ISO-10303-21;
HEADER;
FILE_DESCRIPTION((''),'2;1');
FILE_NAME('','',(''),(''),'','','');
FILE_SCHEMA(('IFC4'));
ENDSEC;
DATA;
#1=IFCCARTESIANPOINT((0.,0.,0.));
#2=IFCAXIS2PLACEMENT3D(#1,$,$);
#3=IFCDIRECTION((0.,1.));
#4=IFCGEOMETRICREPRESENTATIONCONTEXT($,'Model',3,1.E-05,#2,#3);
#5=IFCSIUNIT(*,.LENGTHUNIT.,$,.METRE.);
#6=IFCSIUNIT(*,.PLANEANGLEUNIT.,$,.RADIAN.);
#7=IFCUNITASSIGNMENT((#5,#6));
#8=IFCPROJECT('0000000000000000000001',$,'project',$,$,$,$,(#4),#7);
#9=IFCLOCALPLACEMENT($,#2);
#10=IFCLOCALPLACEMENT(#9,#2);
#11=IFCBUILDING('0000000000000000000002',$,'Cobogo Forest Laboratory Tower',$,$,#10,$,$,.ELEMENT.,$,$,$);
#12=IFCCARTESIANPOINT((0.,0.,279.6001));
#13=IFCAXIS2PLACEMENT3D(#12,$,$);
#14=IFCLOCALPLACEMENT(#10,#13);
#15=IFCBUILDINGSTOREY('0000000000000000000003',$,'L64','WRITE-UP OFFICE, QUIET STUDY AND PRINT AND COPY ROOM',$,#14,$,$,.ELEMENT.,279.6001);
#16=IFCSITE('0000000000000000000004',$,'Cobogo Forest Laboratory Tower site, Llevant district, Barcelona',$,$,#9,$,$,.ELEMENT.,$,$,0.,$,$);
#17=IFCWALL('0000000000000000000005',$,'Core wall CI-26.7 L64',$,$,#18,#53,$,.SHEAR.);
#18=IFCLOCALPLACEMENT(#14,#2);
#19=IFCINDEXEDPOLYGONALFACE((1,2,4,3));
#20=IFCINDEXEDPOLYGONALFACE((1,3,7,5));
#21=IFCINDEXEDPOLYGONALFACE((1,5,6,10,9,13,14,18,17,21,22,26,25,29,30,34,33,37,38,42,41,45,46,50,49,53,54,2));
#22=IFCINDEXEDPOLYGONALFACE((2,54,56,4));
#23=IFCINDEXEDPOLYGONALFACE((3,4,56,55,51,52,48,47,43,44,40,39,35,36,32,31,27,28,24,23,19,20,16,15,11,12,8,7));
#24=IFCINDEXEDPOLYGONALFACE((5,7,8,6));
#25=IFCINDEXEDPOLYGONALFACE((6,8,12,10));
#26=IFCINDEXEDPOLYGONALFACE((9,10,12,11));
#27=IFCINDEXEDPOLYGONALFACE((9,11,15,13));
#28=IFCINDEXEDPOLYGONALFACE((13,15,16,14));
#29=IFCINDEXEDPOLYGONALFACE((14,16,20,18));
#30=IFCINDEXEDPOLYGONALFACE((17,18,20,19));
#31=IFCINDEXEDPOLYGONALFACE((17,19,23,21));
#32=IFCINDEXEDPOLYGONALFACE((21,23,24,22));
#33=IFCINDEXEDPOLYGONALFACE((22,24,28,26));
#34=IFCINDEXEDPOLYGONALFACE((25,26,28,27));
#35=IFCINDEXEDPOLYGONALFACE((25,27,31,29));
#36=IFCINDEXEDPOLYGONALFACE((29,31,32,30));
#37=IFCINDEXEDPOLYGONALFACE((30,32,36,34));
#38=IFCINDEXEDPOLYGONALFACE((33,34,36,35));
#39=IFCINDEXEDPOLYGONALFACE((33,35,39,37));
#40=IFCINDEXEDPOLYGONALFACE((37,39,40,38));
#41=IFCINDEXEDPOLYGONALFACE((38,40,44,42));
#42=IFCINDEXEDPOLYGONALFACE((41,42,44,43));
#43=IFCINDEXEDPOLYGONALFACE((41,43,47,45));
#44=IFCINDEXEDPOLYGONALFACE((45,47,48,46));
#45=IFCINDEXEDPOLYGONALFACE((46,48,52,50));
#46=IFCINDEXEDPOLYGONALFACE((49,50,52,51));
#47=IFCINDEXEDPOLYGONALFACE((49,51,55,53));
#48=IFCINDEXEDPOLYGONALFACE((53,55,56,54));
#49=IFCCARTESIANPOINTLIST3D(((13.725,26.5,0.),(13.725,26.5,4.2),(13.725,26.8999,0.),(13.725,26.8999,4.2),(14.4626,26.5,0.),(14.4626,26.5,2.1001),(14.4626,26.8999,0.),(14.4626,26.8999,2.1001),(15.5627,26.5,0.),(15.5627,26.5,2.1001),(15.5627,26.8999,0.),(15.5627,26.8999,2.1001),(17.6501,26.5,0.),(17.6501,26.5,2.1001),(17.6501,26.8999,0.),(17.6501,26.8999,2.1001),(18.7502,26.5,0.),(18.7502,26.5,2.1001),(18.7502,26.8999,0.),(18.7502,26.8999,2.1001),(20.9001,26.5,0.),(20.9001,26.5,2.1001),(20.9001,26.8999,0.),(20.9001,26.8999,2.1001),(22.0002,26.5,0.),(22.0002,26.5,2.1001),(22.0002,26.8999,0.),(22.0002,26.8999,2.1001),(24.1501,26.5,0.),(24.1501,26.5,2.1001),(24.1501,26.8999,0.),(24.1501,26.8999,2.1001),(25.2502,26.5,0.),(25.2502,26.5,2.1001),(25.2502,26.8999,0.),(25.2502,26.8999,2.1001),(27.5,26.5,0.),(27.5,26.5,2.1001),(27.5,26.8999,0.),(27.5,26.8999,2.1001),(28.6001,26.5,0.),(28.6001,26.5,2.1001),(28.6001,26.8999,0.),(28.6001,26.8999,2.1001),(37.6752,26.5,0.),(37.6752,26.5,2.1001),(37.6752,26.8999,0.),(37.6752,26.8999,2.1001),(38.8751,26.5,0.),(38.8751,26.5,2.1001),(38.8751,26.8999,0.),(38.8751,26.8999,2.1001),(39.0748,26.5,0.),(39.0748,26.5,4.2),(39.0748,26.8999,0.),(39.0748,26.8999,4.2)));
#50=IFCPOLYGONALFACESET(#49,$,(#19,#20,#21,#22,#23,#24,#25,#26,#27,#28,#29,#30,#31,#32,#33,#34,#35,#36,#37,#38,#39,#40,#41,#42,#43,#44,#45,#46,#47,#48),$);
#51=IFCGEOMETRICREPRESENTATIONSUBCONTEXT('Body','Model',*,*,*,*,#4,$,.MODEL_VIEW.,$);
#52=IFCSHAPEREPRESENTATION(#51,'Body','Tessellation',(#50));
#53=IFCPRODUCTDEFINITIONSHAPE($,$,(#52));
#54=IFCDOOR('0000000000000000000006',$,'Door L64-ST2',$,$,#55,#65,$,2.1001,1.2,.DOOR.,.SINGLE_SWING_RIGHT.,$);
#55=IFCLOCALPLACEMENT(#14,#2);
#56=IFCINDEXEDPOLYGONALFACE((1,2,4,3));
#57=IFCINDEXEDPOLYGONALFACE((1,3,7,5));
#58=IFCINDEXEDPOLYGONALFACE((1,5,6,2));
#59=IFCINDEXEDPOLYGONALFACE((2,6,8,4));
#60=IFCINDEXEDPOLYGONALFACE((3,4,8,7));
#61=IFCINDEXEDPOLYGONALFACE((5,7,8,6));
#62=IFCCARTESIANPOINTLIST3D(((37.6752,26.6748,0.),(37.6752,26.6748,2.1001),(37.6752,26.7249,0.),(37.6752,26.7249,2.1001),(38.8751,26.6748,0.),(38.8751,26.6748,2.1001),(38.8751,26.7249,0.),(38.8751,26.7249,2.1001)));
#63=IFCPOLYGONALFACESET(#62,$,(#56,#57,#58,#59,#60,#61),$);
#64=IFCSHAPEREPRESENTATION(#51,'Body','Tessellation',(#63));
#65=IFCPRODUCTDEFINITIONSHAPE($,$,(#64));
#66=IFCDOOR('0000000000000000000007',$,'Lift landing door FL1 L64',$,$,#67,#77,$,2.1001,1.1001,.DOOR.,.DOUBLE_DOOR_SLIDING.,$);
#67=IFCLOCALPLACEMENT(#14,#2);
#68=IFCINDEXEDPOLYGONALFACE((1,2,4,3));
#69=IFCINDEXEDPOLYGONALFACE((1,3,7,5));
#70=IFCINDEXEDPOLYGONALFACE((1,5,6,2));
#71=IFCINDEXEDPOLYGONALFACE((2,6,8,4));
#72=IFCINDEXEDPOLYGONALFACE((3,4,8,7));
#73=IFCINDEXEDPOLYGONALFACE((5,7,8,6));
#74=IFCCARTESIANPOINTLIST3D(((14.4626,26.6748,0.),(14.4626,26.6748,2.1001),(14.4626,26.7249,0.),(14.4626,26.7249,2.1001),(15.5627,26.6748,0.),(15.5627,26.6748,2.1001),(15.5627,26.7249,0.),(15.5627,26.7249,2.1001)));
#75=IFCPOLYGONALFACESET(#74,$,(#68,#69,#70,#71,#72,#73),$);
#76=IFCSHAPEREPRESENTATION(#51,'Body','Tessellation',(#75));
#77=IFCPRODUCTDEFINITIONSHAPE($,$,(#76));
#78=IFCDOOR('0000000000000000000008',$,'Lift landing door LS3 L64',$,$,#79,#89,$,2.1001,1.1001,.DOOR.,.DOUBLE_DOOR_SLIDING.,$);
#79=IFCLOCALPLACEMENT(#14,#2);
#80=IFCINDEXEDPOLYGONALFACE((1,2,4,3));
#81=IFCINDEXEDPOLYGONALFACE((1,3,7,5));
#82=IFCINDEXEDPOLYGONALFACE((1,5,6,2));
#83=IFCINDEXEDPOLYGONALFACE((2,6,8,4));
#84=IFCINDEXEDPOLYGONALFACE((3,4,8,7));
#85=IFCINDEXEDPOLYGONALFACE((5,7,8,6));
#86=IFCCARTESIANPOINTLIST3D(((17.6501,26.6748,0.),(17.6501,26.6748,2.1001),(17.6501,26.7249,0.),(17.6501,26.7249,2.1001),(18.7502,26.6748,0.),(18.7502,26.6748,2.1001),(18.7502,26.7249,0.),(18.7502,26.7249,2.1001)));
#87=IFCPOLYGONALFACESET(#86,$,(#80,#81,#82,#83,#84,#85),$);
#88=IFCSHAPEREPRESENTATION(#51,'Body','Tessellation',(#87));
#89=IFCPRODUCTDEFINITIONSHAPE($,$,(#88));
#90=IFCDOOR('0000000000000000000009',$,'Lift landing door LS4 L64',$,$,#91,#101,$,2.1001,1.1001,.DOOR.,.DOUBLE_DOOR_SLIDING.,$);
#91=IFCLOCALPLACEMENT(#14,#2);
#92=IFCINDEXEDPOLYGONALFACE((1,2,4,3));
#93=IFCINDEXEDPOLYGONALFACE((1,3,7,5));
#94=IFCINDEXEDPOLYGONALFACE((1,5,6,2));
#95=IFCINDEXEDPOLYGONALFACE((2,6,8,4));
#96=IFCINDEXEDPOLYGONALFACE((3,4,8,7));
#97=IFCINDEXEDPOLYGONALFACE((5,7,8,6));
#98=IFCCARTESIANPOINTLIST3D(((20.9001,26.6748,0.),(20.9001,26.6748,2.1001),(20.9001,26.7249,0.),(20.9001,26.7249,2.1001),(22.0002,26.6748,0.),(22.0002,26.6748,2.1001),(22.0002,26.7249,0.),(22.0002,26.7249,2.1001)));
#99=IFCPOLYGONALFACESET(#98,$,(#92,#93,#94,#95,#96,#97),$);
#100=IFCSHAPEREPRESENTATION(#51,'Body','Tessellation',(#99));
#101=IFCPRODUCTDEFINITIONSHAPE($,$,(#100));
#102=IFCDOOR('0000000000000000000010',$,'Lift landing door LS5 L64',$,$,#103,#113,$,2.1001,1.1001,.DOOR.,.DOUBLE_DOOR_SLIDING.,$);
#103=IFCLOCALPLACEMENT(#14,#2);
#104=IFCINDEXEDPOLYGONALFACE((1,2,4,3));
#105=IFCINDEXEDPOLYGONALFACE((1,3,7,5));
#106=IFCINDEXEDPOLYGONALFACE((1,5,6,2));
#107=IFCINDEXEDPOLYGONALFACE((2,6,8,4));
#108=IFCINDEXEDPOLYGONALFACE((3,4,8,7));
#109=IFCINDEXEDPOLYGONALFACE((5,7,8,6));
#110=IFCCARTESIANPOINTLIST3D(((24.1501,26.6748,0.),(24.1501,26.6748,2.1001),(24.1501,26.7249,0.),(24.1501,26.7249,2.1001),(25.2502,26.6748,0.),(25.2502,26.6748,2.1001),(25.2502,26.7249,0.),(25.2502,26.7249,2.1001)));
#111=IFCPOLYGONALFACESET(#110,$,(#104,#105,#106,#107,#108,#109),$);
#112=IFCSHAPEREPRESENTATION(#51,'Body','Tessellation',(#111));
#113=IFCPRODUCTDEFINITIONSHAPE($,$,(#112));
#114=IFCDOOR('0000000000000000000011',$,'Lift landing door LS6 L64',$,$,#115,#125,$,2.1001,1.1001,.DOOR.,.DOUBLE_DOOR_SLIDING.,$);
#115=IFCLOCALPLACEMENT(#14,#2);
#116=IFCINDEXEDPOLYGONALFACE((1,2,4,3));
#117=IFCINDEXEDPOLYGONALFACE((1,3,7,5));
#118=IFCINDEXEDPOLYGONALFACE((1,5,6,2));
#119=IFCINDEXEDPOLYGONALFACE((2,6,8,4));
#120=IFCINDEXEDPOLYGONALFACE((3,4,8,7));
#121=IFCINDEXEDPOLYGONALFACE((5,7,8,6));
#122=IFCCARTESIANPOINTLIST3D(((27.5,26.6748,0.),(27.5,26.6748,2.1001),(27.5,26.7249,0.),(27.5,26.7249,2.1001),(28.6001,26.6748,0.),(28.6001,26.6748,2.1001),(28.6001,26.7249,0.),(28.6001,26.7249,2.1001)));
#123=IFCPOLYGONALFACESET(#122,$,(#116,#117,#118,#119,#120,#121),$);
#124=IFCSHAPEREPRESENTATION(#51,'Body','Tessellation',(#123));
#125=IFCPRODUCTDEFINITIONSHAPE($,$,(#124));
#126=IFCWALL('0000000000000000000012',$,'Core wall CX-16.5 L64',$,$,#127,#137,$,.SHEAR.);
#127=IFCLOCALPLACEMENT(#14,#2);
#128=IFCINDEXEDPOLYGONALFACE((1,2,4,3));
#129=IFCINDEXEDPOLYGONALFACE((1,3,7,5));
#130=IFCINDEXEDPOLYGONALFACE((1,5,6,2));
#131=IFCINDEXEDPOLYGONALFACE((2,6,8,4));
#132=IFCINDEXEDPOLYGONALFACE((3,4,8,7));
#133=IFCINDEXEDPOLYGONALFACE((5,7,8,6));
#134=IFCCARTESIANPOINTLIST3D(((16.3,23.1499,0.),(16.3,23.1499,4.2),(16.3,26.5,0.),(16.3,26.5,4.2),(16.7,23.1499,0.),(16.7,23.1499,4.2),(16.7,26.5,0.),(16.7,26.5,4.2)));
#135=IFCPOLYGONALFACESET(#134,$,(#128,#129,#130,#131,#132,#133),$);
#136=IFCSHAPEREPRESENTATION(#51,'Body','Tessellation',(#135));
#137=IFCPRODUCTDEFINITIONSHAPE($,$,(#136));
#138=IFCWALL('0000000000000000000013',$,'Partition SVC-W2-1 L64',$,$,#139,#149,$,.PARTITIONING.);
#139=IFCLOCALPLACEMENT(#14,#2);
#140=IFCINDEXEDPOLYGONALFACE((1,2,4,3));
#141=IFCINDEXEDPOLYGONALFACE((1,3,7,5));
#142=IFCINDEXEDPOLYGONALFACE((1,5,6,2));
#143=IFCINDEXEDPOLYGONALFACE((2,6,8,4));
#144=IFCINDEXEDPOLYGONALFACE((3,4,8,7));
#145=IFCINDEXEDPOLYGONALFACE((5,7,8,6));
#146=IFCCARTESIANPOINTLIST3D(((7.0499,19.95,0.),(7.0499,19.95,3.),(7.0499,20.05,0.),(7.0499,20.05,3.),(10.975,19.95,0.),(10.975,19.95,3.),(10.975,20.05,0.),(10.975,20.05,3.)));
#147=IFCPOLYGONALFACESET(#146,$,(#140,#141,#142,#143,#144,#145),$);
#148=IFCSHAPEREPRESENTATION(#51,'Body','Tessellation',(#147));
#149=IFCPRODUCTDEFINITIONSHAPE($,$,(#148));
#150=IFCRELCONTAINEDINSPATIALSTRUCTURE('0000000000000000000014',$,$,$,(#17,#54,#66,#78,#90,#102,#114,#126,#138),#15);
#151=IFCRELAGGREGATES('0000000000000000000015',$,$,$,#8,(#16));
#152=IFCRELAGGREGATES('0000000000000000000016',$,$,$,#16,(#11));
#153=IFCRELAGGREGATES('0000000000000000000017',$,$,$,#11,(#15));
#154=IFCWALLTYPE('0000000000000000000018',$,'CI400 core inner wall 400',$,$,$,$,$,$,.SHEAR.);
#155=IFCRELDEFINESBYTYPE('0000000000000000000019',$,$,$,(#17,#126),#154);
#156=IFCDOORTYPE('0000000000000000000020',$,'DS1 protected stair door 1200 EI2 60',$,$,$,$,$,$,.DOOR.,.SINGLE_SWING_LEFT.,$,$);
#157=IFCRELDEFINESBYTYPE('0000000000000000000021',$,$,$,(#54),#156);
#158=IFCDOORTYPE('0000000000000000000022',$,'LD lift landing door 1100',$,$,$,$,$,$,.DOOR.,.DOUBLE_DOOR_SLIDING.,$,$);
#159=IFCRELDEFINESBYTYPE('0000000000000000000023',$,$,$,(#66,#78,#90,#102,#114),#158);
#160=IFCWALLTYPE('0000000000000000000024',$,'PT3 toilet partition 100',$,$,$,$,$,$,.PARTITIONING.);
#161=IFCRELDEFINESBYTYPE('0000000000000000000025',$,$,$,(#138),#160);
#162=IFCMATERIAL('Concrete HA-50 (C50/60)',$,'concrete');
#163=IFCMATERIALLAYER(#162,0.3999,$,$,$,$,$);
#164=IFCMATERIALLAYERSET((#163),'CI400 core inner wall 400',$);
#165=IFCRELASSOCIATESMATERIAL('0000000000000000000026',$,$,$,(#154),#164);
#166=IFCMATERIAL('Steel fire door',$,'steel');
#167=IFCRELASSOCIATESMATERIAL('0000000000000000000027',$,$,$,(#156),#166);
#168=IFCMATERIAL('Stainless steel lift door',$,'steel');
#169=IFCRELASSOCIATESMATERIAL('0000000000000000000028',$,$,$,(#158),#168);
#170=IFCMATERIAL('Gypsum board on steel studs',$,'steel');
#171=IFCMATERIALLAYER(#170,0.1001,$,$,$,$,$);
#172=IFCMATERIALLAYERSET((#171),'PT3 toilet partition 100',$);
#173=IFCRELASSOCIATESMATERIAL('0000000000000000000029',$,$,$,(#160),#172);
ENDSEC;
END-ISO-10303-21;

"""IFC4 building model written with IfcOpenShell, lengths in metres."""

from ifc_helpers import new_model, si_unit, direction, frame, frame_2d, origin, place, context, subcontext, project, spatial, rectangle, extrude, material, layer, layer_set, type_object, element, fill, save


model = new_model("IFC4")

# Units and contexts
model_context = context("Model", 3, precision=1e-05, world=origin(), true_north=direction((0.0, 1.0)))
body_context = subcontext(model_context, "Body", "Model", "MODEL_VIEW")
ifc_project = project(units=[si_unit("LENGTHUNIT", "METRE"), si_unit("PLANEANGLEUNIT", "RADIAN")], contexts=[model_context])

# Site, building, storey
site_placement = place(None, origin())
site = spatial("IfcSite", under=ifc_project, at=site_placement, Name="Cobogo Forest Laboratory Tower site, Llevant district, Barcelona", CompositionType="ELEMENT", RefElevation=0.0)
building_placement = place(site_placement, origin())
building = spatial("IfcBuilding", under=site, at=building_placement, Name="Cobogo Forest Laboratory Tower", CompositionType="ELEMENT")
storey_placement = place(building_placement, frame((0.0, 0.0, 279.6001)))
storey = spatial("IfcBuildingStorey", under=building, at=storey_placement, Name="L64", Description="WRITE-UP OFFICE, QUIET STUDY AND PRINT AND COPY ROOM", CompositionType="ELEMENT", Elevation=279.6001)

# Shared definitions
ifc_material_1 = material(Name="Concrete HA-50 (C50/60)", Category="concrete")

# Shared definitions
ifc_layer_1 = layer(ifc_material_1, 0.3999)
ifc_layer_set_1 = layer_set([ifc_layer_1], Name="CI400 core inner wall 400")
wall_type_1 = type_object("IfcWallType", Name="CI400 core inner wall 400", PredefinedType="SHEAR", material=ifc_layer_set_1)

# Wall, openings, doors
wall_1_placement = place(storey_placement, frame((13.7251, 26.7, 0.0), z_axis=(0.0, 0.0, 1.0), x_axis=(1.0, 0.0, 0.0)))
wall_1 = element("IfcWall", 1, at=wall_1_placement, inside=storey, type_object=wall_type_1, Name="Core wall CI-26.7 L64", PredefinedType="SHEAR", context=body_context, shape_type="SweptSolid", body=[
    extrude(rectangle(XDim=25.3499, YDim=0.3999, at=frame_2d((12.6748, 0.0))), origin(), (0.0, 0.0, 1.0), 4.2),
])
opening_1_placement = place(wall_1_placement, frame((23.95, 0.0, 0.0)))
opening_1 = element("IfcOpeningElement", 2, at=opening_1_placement, cuts=wall_1, PredefinedType="OPENING", context=body_context, shape_type="SweptSolid", body=[
    extrude(rectangle(XDim=1.2, YDim=2.1001, at=frame_2d((0.6001, 1.05))), frame((0.0, 0.21, 0.0), z_axis=(0.0, -1.0, 0.0), x_axis=(1.0, 0.0, 0.0)), (0.0, 0.0, 1.0), 0.4199),
])
opening_2_placement = place(wall_1_placement, frame((0.7375, 0.0, 0.0)))
opening_2 = element("IfcOpeningElement", 3, at=opening_2_placement, cuts=wall_1, PredefinedType="OPENING", context=body_context, shape_type="SweptSolid", body=[
    extrude(rectangle(XDim=1.1001, YDim=2.1001, at=frame_2d((0.55, 1.05))), frame((0.0, 0.21, 0.0), z_axis=(0.0, -1.0, 0.0), x_axis=(1.0, 0.0, 0.0)), (0.0, 0.0, 1.0), 0.4199),
])
opening_3_placement = place(wall_1_placement, frame((3.925, 0.0, 0.0)))
opening_3 = element("IfcOpeningElement", 4, at=opening_3_placement, cuts=wall_1, PredefinedType="OPENING", context=body_context, shape_type="SweptSolid", body=[
    extrude(rectangle(XDim=1.1001, YDim=2.1001, at=frame_2d((0.55, 1.05))), frame((0.0, 0.21, 0.0), z_axis=(0.0, -1.0, 0.0), x_axis=(1.0, 0.0, 0.0)), (0.0, 0.0, 1.0), 0.4199),
])
opening_4_placement = place(wall_1_placement, frame((7.175, 0.0, 0.0)))
opening_4 = element("IfcOpeningElement", 5, at=opening_4_placement, cuts=wall_1, PredefinedType="OPENING", context=body_context, shape_type="SweptSolid", body=[
    extrude(rectangle(XDim=1.1001, YDim=2.1001, at=frame_2d((0.55, 1.05))), frame((0.0, 0.21, 0.0), z_axis=(0.0, -1.0, 0.0), x_axis=(1.0, 0.0, 0.0)), (0.0, 0.0, 1.0), 0.4199),
])
opening_5_placement = place(wall_1_placement, frame((10.425, 0.0, 0.0)))
opening_5 = element("IfcOpeningElement", 6, at=opening_5_placement, cuts=wall_1, PredefinedType="OPENING", context=body_context, shape_type="SweptSolid", body=[
    extrude(rectangle(XDim=1.1001, YDim=2.1001, at=frame_2d((0.55, 1.05))), frame((0.0, 0.21, 0.0), z_axis=(0.0, -1.0, 0.0), x_axis=(1.0, 0.0, 0.0)), (0.0, 0.0, 1.0), 0.4199),
])
opening_6_placement = place(wall_1_placement, frame((13.7749, 0.0, 0.0)))
opening_6 = element("IfcOpeningElement", 7, at=opening_6_placement, cuts=wall_1, PredefinedType="OPENING", context=body_context, shape_type="SweptSolid", body=[
    extrude(rectangle(XDim=1.1001, YDim=2.1001, at=frame_2d((0.55, 1.05))), frame((0.0, 0.21, 0.0), z_axis=(0.0, -1.0, 0.0), x_axis=(1.0, 0.0, 0.0)), (0.0, 0.0, 1.0), 0.4199),
])
ifc_material_2 = material(Name="Steel fire door", Category="steel")
door_type_1 = type_object("IfcDoorType", Name="DS1 protected stair door 1200 EI2 60", OperationType="SINGLE_SWING_LEFT", PredefinedType="DOOR", material=ifc_material_2)
door_1_placement = place(opening_1_placement, origin())
door_1 = element("IfcDoor", 8, at=door_1_placement, inside=storey, type_object=door_type_1, Name="Door L64-ST2", OperationType="SINGLE_SWING_RIGHT", OverallHeight=2.1001, OverallWidth=1.2, PredefinedType="DOOR", context=body_context, shape_type="SweptSolid", body=[
    extrude(rectangle(XDim=1.2, YDim=2.1001, at=frame_2d((0.6001, 1.05))), frame((0.0, 0.0249, 0.0), z_axis=(0.0, -1.0, 0.0), x_axis=(1.0, 0.0, 0.0)), (0.0, 0.0, 1.0), 0.05),
])
fill(opening_1, door_1)
ifc_material_3 = material(Name="Stainless steel lift door", Category="steel")
door_type_2 = type_object("IfcDoorType", Name="LD lift landing door 1100", OperationType="DOUBLE_DOOR_SLIDING", PredefinedType="DOOR", material=ifc_material_3)
door_2_placement = place(opening_2_placement, origin())
door_2 = element("IfcDoor", 9, at=door_2_placement, inside=storey, type_object=door_type_2, Name="Lift landing door FL1 L64", OperationType="DOUBLE_DOOR_SLIDING", OverallHeight=2.1001, OverallWidth=1.1001, PredefinedType="DOOR", context=body_context, shape_type="SweptSolid", body=[
    extrude(rectangle(XDim=1.1001, YDim=2.1001, at=frame_2d((0.55, 1.05))), frame((0.0, 0.0249, 0.0), z_axis=(0.0, -1.0, 0.0), x_axis=(1.0, 0.0, 0.0)), (0.0, 0.0, 1.0), 0.05),
])
fill(opening_2, door_2)
door_3_placement = place(opening_3_placement, origin())
door_3 = element("IfcDoor", 10, at=door_3_placement, inside=storey, type_object=door_type_2, Name="Lift landing door LS3 L64", OperationType="DOUBLE_DOOR_SLIDING", OverallHeight=2.1001, OverallWidth=1.1001, PredefinedType="DOOR", context=body_context, shape_type="SweptSolid", body=[
    extrude(rectangle(XDim=1.1001, YDim=2.1001, at=frame_2d((0.55, 1.05))), frame((0.0, 0.0249, 0.0), z_axis=(0.0, -1.0, 0.0), x_axis=(1.0, 0.0, 0.0)), (0.0, 0.0, 1.0), 0.05),
])
fill(opening_3, door_3)
door_4_placement = place(opening_4_placement, origin())
door_4 = element("IfcDoor", 11, at=door_4_placement, inside=storey, type_object=door_type_2, Name="Lift landing door LS4 L64", OperationType="DOUBLE_DOOR_SLIDING", OverallHeight=2.1001, OverallWidth=1.1001, PredefinedType="DOOR", context=body_context, shape_type="SweptSolid", body=[
    extrude(rectangle(XDim=1.1001, YDim=2.1001, at=frame_2d((0.55, 1.05))), frame((0.0, 0.0249, 0.0), z_axis=(0.0, -1.0, 0.0), x_axis=(1.0, 0.0, 0.0)), (0.0, 0.0, 1.0), 0.05),
])
fill(opening_4, door_4)
door_5_placement = place(opening_5_placement, origin())
door_5 = element("IfcDoor", 12, at=door_5_placement, inside=storey, type_object=door_type_2, Name="Lift landing door LS5 L64", OperationType="DOUBLE_DOOR_SLIDING", OverallHeight=2.1001, OverallWidth=1.1001, PredefinedType="DOOR", context=body_context, shape_type="SweptSolid", body=[
    extrude(rectangle(XDim=1.1001, YDim=2.1001, at=frame_2d((0.55, 1.05))), frame((0.0, 0.0249, 0.0), z_axis=(0.0, -1.0, 0.0), x_axis=(1.0, 0.0, 0.0)), (0.0, 0.0, 1.0), 0.05),
])
fill(opening_5, door_5)
door_6_placement = place(opening_6_placement, origin())
door_6 = element("IfcDoor", 13, at=door_6_placement, inside=storey, type_object=door_type_2, Name="Lift landing door LS6 L64", OperationType="DOUBLE_DOOR_SLIDING", OverallHeight=2.1001, OverallWidth=1.1001, PredefinedType="DOOR", context=body_context, shape_type="SweptSolid", body=[
    extrude(rectangle(XDim=1.1001, YDim=2.1001, at=frame_2d((0.55, 1.05))), frame((0.0, 0.0249, 0.0), z_axis=(0.0, -1.0, 0.0), x_axis=(1.0, 0.0, 0.0)), (0.0, 0.0, 1.0), 0.05),
])
fill(opening_6, door_6)

# Walls
wall_2_placement = place(storey_placement, frame((16.5, 23.1499, 0.0), z_axis=(0.0, 0.0, 1.0), x_axis=(0.0, 1.0, 0.0)))
element("IfcWall", 14, at=wall_2_placement, inside=storey, type_object=wall_type_1, Name="Core wall CX-16.5 L64", PredefinedType="SHEAR", context=body_context, shape_type="SweptSolid", body=[
    extrude(rectangle(XDim=3.3501, YDim=0.3999, at=frame_2d((1.675, 0.0))), origin(), (0.0, 0.0, 1.0), 4.2),
])
ifc_material_4 = material(Name="Gypsum board on steel studs", Category="steel")
ifc_layer_2 = layer(ifc_material_4, 0.1001)
ifc_layer_set_2 = layer_set([ifc_layer_2], Name="PT3 toilet partition 100")
wall_type_2 = type_object("IfcWallType", Name="PT3 toilet partition 100", PredefinedType="PARTITIONING", material=ifc_layer_set_2)
wall_3_placement = place(storey_placement, frame((7.05, 20.0, 0.0), z_axis=(0.0, 0.0, 1.0), x_axis=(1.0, 0.0, 0.0)))
element("IfcWall", 15, at=wall_3_placement, inside=storey, type_object=wall_type_2, Name="Partition SVC-W2-1 L64", PredefinedType="PARTITIONING", context=body_context, shape_type="SweptSolid", body=[
    extrude(rectangle(XDim=3.925, YDim=0.1001, at=frame_2d((1.9624, 0.0))), origin(), (0.0, 0.0, 1.0), 3.0),
])

save(model, "model.ifc")
